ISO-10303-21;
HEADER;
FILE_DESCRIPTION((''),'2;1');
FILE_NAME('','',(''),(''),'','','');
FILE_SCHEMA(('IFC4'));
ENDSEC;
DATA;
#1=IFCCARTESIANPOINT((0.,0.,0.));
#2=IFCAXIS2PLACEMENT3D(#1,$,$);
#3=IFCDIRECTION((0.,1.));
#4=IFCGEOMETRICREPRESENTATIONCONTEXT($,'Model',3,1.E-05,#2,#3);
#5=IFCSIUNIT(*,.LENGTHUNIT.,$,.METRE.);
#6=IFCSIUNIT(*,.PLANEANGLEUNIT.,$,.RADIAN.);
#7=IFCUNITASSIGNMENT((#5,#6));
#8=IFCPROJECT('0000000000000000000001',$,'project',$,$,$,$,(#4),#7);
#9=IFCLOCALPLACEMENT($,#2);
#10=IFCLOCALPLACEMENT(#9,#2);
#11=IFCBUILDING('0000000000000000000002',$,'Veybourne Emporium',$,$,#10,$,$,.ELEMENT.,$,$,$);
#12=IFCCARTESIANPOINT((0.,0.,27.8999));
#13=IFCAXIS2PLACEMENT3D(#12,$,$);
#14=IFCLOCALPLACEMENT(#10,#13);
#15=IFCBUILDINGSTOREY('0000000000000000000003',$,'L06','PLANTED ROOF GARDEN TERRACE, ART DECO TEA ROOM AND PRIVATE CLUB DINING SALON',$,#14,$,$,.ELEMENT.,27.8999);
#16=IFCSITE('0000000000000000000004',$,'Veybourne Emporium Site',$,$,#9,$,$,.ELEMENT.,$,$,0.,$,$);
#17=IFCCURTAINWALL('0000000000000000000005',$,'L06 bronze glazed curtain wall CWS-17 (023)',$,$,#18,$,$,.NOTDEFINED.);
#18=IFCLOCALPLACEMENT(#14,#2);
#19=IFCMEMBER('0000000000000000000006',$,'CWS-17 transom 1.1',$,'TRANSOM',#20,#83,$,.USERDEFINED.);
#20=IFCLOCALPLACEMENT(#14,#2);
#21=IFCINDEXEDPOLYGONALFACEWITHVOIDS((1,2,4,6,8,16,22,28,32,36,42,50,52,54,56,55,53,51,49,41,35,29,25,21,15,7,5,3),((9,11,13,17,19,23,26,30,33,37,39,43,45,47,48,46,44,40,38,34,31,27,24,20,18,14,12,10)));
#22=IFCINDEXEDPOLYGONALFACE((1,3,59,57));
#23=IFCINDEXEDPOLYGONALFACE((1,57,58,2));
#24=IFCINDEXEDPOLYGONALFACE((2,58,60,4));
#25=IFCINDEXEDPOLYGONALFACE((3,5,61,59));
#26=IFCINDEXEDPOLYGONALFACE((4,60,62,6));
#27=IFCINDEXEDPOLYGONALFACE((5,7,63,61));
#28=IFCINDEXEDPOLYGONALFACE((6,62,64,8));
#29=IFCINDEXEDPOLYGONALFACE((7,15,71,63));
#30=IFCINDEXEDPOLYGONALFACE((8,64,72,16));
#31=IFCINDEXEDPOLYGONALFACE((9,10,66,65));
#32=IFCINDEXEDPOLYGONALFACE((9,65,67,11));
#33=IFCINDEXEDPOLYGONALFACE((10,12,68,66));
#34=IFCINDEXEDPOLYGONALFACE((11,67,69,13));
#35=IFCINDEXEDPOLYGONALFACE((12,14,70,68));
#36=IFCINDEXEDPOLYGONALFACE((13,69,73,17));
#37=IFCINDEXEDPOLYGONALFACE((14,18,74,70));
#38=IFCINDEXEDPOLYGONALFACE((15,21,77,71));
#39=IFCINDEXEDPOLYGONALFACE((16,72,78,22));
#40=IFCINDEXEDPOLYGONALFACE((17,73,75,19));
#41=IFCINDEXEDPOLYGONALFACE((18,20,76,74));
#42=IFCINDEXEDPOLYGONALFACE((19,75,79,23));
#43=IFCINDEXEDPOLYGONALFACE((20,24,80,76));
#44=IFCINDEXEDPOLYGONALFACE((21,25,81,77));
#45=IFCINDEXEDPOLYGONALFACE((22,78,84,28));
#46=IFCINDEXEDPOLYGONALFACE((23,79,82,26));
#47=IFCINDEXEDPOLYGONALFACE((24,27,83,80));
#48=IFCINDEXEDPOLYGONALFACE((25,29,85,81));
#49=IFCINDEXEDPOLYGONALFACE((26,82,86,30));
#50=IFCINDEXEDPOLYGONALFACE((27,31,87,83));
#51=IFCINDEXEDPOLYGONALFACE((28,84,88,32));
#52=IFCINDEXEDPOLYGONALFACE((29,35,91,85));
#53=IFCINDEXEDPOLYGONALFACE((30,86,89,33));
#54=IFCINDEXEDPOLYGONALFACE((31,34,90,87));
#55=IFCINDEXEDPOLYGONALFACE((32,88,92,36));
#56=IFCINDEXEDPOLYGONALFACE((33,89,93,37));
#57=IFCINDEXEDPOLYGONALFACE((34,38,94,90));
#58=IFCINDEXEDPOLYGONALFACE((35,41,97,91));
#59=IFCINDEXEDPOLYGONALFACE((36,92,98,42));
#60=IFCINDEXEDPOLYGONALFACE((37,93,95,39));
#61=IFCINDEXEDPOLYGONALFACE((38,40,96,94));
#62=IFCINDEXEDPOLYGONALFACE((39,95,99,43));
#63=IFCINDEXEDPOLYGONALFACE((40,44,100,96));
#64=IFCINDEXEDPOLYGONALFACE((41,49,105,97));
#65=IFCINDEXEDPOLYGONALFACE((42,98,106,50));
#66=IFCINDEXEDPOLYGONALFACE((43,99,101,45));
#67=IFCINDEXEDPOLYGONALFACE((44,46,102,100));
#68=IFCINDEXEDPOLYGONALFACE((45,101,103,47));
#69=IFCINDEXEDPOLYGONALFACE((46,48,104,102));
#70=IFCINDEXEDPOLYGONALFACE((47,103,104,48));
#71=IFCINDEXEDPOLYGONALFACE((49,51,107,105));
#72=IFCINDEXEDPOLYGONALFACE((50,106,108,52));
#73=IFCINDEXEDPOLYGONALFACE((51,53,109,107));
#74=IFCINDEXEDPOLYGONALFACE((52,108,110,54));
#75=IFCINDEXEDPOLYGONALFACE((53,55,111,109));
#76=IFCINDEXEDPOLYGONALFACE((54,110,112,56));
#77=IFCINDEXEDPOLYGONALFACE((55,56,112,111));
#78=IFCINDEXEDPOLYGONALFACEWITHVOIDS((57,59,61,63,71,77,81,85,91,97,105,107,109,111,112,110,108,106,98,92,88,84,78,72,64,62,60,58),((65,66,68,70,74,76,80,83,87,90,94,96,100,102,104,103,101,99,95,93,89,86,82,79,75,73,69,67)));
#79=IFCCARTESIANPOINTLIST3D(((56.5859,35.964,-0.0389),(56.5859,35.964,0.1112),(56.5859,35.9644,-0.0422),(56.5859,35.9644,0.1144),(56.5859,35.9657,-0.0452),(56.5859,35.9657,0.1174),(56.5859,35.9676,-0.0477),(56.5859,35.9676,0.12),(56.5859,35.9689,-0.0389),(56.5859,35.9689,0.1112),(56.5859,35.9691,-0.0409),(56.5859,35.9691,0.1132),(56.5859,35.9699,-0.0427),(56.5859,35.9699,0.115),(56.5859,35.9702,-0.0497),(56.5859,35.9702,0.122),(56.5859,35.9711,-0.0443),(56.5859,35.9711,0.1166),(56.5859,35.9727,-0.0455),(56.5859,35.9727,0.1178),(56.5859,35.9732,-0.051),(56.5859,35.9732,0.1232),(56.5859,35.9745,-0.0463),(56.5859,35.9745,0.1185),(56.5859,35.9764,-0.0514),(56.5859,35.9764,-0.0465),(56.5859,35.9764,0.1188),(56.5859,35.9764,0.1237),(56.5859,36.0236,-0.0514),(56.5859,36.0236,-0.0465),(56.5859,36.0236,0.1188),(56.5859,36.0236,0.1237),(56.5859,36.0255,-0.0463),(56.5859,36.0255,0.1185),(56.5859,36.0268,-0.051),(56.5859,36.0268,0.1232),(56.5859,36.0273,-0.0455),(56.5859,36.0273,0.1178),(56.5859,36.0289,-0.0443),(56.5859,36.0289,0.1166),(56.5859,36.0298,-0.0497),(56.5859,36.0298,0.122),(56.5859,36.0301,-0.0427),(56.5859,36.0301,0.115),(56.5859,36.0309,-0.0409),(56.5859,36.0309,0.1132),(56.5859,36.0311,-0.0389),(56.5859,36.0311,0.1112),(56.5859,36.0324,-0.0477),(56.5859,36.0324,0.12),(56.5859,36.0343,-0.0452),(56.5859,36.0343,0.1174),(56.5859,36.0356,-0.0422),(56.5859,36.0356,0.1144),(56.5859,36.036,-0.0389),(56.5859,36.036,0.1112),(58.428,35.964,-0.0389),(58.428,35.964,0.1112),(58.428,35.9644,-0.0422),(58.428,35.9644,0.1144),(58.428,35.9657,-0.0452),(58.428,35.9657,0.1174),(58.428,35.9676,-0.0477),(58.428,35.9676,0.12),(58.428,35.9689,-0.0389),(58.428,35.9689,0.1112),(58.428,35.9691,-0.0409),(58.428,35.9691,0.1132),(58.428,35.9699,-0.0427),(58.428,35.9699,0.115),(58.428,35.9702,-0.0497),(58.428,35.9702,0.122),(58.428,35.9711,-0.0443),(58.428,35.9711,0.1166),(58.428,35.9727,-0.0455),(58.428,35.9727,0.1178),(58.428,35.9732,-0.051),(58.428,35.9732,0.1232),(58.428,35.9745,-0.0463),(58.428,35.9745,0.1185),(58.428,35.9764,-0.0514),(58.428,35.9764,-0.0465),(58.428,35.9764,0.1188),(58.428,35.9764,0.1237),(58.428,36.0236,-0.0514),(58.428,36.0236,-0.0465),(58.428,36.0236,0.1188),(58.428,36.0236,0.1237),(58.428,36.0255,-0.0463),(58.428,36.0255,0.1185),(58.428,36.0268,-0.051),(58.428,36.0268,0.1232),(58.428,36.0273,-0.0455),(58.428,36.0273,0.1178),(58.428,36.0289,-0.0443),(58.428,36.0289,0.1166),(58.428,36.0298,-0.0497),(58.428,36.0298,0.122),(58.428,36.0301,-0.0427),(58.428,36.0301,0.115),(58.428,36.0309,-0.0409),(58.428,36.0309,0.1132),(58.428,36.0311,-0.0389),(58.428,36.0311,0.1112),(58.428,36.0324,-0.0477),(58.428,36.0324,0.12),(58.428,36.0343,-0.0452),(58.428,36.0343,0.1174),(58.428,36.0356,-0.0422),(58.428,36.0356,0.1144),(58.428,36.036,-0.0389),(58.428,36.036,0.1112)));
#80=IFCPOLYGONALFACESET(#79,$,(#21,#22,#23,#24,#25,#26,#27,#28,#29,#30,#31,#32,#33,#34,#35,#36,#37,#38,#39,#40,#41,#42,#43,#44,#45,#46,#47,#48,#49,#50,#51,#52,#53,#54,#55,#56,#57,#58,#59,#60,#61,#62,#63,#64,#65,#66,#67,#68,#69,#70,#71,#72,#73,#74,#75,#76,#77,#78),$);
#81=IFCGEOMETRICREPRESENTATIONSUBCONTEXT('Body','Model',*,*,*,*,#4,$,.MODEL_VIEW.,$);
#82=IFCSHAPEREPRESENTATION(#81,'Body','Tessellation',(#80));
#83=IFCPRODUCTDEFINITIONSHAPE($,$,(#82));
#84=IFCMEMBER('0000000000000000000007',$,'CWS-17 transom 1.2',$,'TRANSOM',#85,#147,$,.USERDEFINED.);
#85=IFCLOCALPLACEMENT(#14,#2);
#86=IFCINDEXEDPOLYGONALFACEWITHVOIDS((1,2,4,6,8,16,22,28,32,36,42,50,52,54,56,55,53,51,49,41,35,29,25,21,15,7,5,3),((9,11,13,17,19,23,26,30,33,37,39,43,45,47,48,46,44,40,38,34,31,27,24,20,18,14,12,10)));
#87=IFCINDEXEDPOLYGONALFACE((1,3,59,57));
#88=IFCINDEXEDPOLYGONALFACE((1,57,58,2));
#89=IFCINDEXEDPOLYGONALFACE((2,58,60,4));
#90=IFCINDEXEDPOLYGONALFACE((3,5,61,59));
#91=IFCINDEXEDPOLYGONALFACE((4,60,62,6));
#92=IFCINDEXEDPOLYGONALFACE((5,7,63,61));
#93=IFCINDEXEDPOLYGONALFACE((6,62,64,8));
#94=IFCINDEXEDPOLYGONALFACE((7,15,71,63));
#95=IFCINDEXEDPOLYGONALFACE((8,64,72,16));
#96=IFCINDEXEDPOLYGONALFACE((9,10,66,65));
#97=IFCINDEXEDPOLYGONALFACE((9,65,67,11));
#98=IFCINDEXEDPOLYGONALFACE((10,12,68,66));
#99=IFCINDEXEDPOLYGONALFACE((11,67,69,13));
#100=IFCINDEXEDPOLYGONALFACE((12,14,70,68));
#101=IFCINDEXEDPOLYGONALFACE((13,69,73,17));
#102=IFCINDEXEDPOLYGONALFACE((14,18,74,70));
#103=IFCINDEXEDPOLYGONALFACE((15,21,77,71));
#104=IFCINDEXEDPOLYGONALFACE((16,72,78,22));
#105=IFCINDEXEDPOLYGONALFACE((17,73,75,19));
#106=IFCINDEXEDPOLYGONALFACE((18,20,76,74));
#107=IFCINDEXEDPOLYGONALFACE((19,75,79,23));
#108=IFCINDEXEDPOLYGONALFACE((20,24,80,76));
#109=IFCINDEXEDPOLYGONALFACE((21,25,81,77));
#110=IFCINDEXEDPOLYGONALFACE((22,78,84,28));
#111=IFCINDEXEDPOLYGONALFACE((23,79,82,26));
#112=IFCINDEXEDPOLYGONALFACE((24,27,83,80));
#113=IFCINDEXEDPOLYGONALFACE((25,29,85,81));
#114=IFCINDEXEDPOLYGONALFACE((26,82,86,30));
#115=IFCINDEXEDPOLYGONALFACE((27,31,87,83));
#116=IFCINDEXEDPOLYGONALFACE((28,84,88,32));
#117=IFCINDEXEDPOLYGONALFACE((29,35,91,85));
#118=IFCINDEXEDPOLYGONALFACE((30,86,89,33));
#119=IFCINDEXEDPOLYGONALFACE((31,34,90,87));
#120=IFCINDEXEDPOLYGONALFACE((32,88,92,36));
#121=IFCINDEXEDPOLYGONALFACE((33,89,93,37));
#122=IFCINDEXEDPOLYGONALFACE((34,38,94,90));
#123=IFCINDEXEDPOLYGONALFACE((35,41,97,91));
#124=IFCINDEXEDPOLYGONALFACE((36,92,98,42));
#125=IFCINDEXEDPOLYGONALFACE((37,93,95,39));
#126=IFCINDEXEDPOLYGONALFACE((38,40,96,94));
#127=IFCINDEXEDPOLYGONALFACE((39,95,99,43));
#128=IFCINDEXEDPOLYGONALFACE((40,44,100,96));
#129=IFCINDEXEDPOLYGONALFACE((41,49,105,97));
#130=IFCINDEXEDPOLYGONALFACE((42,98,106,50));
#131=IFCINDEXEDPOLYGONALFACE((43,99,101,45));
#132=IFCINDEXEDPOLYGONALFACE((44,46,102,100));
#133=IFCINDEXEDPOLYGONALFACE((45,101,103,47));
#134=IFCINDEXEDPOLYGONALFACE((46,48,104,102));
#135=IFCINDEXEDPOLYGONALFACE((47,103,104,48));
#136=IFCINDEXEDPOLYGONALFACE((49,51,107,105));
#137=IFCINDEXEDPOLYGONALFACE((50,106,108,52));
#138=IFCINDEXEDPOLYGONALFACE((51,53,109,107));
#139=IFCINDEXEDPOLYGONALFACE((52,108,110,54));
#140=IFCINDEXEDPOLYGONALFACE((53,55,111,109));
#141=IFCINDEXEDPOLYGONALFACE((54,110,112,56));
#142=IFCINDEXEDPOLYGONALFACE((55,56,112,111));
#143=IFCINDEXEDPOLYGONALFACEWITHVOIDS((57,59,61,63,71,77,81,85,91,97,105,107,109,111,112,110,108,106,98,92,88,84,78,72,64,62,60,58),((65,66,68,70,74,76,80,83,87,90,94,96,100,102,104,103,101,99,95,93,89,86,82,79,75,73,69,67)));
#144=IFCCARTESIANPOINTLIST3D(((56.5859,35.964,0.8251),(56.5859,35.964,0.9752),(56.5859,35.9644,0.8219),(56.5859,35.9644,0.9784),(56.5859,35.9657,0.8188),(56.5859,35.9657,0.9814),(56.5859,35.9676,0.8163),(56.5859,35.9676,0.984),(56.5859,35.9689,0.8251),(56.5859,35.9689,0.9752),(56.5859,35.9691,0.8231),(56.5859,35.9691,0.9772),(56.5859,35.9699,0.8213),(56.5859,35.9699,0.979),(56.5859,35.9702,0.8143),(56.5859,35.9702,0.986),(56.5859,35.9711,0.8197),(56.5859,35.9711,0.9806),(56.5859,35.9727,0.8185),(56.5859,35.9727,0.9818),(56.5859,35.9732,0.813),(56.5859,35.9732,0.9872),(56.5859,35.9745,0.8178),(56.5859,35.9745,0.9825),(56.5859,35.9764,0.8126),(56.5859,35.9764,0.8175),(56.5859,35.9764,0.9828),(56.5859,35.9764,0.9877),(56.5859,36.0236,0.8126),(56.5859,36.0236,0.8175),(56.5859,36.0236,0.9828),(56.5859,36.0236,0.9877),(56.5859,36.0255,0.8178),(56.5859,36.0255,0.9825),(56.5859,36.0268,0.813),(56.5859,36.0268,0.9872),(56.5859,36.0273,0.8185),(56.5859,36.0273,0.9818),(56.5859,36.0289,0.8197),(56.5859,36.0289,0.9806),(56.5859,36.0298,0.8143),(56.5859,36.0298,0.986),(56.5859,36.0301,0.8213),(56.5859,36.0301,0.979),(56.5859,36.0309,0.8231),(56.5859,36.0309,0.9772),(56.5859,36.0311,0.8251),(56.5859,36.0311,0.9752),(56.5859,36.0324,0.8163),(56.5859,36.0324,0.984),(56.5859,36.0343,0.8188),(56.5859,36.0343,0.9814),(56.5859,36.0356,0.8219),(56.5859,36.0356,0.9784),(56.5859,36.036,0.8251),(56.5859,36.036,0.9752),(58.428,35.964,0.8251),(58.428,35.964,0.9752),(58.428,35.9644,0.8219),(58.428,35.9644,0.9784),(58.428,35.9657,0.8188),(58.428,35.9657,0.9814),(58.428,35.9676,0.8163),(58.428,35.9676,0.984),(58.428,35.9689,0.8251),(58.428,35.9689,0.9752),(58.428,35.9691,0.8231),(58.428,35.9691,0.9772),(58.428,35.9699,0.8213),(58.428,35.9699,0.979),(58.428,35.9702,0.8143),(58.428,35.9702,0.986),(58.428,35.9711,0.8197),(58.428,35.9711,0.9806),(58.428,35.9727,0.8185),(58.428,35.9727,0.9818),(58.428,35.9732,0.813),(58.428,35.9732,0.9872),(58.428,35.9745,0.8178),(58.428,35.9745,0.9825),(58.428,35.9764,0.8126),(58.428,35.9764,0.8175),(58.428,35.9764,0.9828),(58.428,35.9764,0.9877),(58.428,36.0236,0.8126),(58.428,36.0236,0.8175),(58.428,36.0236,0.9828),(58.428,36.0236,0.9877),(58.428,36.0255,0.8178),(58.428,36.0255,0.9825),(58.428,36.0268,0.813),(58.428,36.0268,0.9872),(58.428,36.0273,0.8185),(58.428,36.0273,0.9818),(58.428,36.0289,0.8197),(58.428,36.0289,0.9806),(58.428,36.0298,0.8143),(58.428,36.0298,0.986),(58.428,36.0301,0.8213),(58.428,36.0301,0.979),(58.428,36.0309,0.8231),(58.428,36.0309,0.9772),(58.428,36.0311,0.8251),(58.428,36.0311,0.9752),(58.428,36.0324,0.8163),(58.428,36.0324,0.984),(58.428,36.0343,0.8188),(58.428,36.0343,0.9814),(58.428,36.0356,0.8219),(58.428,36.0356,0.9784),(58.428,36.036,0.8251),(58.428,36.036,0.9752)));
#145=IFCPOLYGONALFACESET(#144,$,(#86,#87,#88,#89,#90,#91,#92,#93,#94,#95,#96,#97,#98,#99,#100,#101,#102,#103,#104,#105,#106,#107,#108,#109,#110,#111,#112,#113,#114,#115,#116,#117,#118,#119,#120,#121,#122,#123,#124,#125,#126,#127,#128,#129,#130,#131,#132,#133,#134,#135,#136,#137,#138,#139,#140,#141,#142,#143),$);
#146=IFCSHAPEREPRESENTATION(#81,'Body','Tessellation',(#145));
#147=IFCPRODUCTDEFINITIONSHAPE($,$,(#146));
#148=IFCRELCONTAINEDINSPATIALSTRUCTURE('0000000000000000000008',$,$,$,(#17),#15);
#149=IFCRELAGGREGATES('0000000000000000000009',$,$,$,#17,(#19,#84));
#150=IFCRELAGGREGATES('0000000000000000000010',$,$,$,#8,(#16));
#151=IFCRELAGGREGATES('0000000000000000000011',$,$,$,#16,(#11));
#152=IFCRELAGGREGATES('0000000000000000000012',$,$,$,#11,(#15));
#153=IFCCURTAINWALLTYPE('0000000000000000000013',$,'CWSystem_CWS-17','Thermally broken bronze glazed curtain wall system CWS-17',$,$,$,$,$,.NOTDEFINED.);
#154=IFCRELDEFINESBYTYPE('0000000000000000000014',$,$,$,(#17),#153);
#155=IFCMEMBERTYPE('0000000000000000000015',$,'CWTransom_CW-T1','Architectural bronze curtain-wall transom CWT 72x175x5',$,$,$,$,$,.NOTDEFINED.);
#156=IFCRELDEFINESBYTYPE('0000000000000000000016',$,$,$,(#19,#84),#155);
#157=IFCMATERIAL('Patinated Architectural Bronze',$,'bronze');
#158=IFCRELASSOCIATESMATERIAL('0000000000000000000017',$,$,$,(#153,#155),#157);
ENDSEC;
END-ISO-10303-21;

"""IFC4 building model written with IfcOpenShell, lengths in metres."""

from ifc_helpers import new_model, si_unit, direction, frame, origin, origin_2d, place, context, subcontext, project, spatial, hollow_rectangle, extrude, material, material_profile, profile_set, type_object, element, aggregate, save


model = new_model("IFC4")

# Units and contexts
model_context = context("Model", 3, precision=1e-05, world=origin(), true_north=direction((0.0, 1.0)))
body_context = subcontext(model_context, "Body", "Model", "MODEL_VIEW")
ifc_project = project(units=[si_unit("LENGTHUNIT", "METRE"), si_unit("PLANEANGLEUNIT", "RADIAN")], contexts=[model_context])

# Site, building, storey
site_placement = place(None, origin())
site = spatial("IfcSite", under=ifc_project, at=site_placement, Name="Veybourne Emporium Site", CompositionType="ELEMENT", RefElevation=0.0)
building_placement = place(site_placement, origin())
building = spatial("IfcBuilding", under=site, at=building_placement, Name="Veybourne Emporium", CompositionType="ELEMENT")
storey_placement = place(building_placement, frame((0.0, 0.0, 27.8999)))
storey = spatial("IfcBuildingStorey", under=building, at=storey_placement, Name="L06", Description="PLANTED ROOF GARDEN TERRACE, ART DECO TEA ROOM AND PRIVATE CLUB DINING SALON", CompositionType="ELEMENT", Elevation=27.8999)

# Curtain wall
ifc_material_1 = material(Name="Patinated Architectural Bronze", Category="bronze")
curtain_wall_type_1 = type_object("IfcCurtainWallType", Name="CWSystem_CWS-17", Description="Thermally broken bronze glazed curtain wall system CWS-17", PredefinedType="NOTDEFINED", material=ifc_material_1)
curtain_wall_1_placement = place(storey_placement, origin())
curtain_wall_1 = element("IfcCurtainWall", 1, at=curtain_wall_1_placement, inside=storey, type_object=curtain_wall_type_1, Name="L06 bronze glazed curtain wall CWS-17 (023)", PredefinedType="NOTDEFINED")

# Members
ifc_material_profile_1 = material_profile(ifc_material_1, hollow_rectangle(XDim=0.072, YDim=0.175, WallThickness=0.0049, InnerFilletRadius=0.0076, OuterFilletRadius=0.0125, at=origin_2d()), Name="CWT 72x175x5")
ifc_profile_set_1 = profile_set([ifc_material_profile_1], Name="Patinated Architectural Bronze")
member_type_1 = type_object("IfcMemberType", Name="CWTransom_CW-T1", Description="Architectural bronze curtain-wall transom CWT 72x175x5", PredefinedType="NOTDEFINED", material=ifc_profile_set_1)
member_1_placement = place(storey_placement, frame((58.428, 36.0, 0.0361), z_axis=(-1.0, 0.0, 0.0), x_axis=(0.0, -1.0, 0.0)))
member_1 = element("IfcMember", 2, at=member_1_placement, type_object=member_type_1, Name="CWS-17 transom 1.1", ObjectType="TRANSOM", PredefinedType="USERDEFINED", context=body_context, shape_type="SweptSolid", body=[
    extrude(hollow_rectangle(XDim=0.072, YDim=0.175, WallThickness=0.0049, InnerFilletRadius=0.0076, OuterFilletRadius=0.0125, at=origin_2d()), origin(), (0.0, 0.0, 1.0), 1.842),
])
member_2_placement = place(storey_placement, frame((58.428, 36.0, 0.9001), z_axis=(-1.0, 0.0, 0.0), x_axis=(0.0, -1.0, 0.0)))
member_2 = element("IfcMember", 3, at=member_2_placement, type_object=member_type_1, Name="CWS-17 transom 1.2", ObjectType="TRANSOM", PredefinedType="USERDEFINED", context=body_context, shape_type="SweptSolid", body=[
    extrude(hollow_rectangle(XDim=0.072, YDim=0.175, WallThickness=0.0049, InnerFilletRadius=0.0076, OuterFilletRadius=0.0125, at=origin_2d()), origin(), (0.0, 0.0, 1.0), 1.842),
])

aggregate(curtain_wall_1, [member_1, member_2])

save(model, "model.ifc")
